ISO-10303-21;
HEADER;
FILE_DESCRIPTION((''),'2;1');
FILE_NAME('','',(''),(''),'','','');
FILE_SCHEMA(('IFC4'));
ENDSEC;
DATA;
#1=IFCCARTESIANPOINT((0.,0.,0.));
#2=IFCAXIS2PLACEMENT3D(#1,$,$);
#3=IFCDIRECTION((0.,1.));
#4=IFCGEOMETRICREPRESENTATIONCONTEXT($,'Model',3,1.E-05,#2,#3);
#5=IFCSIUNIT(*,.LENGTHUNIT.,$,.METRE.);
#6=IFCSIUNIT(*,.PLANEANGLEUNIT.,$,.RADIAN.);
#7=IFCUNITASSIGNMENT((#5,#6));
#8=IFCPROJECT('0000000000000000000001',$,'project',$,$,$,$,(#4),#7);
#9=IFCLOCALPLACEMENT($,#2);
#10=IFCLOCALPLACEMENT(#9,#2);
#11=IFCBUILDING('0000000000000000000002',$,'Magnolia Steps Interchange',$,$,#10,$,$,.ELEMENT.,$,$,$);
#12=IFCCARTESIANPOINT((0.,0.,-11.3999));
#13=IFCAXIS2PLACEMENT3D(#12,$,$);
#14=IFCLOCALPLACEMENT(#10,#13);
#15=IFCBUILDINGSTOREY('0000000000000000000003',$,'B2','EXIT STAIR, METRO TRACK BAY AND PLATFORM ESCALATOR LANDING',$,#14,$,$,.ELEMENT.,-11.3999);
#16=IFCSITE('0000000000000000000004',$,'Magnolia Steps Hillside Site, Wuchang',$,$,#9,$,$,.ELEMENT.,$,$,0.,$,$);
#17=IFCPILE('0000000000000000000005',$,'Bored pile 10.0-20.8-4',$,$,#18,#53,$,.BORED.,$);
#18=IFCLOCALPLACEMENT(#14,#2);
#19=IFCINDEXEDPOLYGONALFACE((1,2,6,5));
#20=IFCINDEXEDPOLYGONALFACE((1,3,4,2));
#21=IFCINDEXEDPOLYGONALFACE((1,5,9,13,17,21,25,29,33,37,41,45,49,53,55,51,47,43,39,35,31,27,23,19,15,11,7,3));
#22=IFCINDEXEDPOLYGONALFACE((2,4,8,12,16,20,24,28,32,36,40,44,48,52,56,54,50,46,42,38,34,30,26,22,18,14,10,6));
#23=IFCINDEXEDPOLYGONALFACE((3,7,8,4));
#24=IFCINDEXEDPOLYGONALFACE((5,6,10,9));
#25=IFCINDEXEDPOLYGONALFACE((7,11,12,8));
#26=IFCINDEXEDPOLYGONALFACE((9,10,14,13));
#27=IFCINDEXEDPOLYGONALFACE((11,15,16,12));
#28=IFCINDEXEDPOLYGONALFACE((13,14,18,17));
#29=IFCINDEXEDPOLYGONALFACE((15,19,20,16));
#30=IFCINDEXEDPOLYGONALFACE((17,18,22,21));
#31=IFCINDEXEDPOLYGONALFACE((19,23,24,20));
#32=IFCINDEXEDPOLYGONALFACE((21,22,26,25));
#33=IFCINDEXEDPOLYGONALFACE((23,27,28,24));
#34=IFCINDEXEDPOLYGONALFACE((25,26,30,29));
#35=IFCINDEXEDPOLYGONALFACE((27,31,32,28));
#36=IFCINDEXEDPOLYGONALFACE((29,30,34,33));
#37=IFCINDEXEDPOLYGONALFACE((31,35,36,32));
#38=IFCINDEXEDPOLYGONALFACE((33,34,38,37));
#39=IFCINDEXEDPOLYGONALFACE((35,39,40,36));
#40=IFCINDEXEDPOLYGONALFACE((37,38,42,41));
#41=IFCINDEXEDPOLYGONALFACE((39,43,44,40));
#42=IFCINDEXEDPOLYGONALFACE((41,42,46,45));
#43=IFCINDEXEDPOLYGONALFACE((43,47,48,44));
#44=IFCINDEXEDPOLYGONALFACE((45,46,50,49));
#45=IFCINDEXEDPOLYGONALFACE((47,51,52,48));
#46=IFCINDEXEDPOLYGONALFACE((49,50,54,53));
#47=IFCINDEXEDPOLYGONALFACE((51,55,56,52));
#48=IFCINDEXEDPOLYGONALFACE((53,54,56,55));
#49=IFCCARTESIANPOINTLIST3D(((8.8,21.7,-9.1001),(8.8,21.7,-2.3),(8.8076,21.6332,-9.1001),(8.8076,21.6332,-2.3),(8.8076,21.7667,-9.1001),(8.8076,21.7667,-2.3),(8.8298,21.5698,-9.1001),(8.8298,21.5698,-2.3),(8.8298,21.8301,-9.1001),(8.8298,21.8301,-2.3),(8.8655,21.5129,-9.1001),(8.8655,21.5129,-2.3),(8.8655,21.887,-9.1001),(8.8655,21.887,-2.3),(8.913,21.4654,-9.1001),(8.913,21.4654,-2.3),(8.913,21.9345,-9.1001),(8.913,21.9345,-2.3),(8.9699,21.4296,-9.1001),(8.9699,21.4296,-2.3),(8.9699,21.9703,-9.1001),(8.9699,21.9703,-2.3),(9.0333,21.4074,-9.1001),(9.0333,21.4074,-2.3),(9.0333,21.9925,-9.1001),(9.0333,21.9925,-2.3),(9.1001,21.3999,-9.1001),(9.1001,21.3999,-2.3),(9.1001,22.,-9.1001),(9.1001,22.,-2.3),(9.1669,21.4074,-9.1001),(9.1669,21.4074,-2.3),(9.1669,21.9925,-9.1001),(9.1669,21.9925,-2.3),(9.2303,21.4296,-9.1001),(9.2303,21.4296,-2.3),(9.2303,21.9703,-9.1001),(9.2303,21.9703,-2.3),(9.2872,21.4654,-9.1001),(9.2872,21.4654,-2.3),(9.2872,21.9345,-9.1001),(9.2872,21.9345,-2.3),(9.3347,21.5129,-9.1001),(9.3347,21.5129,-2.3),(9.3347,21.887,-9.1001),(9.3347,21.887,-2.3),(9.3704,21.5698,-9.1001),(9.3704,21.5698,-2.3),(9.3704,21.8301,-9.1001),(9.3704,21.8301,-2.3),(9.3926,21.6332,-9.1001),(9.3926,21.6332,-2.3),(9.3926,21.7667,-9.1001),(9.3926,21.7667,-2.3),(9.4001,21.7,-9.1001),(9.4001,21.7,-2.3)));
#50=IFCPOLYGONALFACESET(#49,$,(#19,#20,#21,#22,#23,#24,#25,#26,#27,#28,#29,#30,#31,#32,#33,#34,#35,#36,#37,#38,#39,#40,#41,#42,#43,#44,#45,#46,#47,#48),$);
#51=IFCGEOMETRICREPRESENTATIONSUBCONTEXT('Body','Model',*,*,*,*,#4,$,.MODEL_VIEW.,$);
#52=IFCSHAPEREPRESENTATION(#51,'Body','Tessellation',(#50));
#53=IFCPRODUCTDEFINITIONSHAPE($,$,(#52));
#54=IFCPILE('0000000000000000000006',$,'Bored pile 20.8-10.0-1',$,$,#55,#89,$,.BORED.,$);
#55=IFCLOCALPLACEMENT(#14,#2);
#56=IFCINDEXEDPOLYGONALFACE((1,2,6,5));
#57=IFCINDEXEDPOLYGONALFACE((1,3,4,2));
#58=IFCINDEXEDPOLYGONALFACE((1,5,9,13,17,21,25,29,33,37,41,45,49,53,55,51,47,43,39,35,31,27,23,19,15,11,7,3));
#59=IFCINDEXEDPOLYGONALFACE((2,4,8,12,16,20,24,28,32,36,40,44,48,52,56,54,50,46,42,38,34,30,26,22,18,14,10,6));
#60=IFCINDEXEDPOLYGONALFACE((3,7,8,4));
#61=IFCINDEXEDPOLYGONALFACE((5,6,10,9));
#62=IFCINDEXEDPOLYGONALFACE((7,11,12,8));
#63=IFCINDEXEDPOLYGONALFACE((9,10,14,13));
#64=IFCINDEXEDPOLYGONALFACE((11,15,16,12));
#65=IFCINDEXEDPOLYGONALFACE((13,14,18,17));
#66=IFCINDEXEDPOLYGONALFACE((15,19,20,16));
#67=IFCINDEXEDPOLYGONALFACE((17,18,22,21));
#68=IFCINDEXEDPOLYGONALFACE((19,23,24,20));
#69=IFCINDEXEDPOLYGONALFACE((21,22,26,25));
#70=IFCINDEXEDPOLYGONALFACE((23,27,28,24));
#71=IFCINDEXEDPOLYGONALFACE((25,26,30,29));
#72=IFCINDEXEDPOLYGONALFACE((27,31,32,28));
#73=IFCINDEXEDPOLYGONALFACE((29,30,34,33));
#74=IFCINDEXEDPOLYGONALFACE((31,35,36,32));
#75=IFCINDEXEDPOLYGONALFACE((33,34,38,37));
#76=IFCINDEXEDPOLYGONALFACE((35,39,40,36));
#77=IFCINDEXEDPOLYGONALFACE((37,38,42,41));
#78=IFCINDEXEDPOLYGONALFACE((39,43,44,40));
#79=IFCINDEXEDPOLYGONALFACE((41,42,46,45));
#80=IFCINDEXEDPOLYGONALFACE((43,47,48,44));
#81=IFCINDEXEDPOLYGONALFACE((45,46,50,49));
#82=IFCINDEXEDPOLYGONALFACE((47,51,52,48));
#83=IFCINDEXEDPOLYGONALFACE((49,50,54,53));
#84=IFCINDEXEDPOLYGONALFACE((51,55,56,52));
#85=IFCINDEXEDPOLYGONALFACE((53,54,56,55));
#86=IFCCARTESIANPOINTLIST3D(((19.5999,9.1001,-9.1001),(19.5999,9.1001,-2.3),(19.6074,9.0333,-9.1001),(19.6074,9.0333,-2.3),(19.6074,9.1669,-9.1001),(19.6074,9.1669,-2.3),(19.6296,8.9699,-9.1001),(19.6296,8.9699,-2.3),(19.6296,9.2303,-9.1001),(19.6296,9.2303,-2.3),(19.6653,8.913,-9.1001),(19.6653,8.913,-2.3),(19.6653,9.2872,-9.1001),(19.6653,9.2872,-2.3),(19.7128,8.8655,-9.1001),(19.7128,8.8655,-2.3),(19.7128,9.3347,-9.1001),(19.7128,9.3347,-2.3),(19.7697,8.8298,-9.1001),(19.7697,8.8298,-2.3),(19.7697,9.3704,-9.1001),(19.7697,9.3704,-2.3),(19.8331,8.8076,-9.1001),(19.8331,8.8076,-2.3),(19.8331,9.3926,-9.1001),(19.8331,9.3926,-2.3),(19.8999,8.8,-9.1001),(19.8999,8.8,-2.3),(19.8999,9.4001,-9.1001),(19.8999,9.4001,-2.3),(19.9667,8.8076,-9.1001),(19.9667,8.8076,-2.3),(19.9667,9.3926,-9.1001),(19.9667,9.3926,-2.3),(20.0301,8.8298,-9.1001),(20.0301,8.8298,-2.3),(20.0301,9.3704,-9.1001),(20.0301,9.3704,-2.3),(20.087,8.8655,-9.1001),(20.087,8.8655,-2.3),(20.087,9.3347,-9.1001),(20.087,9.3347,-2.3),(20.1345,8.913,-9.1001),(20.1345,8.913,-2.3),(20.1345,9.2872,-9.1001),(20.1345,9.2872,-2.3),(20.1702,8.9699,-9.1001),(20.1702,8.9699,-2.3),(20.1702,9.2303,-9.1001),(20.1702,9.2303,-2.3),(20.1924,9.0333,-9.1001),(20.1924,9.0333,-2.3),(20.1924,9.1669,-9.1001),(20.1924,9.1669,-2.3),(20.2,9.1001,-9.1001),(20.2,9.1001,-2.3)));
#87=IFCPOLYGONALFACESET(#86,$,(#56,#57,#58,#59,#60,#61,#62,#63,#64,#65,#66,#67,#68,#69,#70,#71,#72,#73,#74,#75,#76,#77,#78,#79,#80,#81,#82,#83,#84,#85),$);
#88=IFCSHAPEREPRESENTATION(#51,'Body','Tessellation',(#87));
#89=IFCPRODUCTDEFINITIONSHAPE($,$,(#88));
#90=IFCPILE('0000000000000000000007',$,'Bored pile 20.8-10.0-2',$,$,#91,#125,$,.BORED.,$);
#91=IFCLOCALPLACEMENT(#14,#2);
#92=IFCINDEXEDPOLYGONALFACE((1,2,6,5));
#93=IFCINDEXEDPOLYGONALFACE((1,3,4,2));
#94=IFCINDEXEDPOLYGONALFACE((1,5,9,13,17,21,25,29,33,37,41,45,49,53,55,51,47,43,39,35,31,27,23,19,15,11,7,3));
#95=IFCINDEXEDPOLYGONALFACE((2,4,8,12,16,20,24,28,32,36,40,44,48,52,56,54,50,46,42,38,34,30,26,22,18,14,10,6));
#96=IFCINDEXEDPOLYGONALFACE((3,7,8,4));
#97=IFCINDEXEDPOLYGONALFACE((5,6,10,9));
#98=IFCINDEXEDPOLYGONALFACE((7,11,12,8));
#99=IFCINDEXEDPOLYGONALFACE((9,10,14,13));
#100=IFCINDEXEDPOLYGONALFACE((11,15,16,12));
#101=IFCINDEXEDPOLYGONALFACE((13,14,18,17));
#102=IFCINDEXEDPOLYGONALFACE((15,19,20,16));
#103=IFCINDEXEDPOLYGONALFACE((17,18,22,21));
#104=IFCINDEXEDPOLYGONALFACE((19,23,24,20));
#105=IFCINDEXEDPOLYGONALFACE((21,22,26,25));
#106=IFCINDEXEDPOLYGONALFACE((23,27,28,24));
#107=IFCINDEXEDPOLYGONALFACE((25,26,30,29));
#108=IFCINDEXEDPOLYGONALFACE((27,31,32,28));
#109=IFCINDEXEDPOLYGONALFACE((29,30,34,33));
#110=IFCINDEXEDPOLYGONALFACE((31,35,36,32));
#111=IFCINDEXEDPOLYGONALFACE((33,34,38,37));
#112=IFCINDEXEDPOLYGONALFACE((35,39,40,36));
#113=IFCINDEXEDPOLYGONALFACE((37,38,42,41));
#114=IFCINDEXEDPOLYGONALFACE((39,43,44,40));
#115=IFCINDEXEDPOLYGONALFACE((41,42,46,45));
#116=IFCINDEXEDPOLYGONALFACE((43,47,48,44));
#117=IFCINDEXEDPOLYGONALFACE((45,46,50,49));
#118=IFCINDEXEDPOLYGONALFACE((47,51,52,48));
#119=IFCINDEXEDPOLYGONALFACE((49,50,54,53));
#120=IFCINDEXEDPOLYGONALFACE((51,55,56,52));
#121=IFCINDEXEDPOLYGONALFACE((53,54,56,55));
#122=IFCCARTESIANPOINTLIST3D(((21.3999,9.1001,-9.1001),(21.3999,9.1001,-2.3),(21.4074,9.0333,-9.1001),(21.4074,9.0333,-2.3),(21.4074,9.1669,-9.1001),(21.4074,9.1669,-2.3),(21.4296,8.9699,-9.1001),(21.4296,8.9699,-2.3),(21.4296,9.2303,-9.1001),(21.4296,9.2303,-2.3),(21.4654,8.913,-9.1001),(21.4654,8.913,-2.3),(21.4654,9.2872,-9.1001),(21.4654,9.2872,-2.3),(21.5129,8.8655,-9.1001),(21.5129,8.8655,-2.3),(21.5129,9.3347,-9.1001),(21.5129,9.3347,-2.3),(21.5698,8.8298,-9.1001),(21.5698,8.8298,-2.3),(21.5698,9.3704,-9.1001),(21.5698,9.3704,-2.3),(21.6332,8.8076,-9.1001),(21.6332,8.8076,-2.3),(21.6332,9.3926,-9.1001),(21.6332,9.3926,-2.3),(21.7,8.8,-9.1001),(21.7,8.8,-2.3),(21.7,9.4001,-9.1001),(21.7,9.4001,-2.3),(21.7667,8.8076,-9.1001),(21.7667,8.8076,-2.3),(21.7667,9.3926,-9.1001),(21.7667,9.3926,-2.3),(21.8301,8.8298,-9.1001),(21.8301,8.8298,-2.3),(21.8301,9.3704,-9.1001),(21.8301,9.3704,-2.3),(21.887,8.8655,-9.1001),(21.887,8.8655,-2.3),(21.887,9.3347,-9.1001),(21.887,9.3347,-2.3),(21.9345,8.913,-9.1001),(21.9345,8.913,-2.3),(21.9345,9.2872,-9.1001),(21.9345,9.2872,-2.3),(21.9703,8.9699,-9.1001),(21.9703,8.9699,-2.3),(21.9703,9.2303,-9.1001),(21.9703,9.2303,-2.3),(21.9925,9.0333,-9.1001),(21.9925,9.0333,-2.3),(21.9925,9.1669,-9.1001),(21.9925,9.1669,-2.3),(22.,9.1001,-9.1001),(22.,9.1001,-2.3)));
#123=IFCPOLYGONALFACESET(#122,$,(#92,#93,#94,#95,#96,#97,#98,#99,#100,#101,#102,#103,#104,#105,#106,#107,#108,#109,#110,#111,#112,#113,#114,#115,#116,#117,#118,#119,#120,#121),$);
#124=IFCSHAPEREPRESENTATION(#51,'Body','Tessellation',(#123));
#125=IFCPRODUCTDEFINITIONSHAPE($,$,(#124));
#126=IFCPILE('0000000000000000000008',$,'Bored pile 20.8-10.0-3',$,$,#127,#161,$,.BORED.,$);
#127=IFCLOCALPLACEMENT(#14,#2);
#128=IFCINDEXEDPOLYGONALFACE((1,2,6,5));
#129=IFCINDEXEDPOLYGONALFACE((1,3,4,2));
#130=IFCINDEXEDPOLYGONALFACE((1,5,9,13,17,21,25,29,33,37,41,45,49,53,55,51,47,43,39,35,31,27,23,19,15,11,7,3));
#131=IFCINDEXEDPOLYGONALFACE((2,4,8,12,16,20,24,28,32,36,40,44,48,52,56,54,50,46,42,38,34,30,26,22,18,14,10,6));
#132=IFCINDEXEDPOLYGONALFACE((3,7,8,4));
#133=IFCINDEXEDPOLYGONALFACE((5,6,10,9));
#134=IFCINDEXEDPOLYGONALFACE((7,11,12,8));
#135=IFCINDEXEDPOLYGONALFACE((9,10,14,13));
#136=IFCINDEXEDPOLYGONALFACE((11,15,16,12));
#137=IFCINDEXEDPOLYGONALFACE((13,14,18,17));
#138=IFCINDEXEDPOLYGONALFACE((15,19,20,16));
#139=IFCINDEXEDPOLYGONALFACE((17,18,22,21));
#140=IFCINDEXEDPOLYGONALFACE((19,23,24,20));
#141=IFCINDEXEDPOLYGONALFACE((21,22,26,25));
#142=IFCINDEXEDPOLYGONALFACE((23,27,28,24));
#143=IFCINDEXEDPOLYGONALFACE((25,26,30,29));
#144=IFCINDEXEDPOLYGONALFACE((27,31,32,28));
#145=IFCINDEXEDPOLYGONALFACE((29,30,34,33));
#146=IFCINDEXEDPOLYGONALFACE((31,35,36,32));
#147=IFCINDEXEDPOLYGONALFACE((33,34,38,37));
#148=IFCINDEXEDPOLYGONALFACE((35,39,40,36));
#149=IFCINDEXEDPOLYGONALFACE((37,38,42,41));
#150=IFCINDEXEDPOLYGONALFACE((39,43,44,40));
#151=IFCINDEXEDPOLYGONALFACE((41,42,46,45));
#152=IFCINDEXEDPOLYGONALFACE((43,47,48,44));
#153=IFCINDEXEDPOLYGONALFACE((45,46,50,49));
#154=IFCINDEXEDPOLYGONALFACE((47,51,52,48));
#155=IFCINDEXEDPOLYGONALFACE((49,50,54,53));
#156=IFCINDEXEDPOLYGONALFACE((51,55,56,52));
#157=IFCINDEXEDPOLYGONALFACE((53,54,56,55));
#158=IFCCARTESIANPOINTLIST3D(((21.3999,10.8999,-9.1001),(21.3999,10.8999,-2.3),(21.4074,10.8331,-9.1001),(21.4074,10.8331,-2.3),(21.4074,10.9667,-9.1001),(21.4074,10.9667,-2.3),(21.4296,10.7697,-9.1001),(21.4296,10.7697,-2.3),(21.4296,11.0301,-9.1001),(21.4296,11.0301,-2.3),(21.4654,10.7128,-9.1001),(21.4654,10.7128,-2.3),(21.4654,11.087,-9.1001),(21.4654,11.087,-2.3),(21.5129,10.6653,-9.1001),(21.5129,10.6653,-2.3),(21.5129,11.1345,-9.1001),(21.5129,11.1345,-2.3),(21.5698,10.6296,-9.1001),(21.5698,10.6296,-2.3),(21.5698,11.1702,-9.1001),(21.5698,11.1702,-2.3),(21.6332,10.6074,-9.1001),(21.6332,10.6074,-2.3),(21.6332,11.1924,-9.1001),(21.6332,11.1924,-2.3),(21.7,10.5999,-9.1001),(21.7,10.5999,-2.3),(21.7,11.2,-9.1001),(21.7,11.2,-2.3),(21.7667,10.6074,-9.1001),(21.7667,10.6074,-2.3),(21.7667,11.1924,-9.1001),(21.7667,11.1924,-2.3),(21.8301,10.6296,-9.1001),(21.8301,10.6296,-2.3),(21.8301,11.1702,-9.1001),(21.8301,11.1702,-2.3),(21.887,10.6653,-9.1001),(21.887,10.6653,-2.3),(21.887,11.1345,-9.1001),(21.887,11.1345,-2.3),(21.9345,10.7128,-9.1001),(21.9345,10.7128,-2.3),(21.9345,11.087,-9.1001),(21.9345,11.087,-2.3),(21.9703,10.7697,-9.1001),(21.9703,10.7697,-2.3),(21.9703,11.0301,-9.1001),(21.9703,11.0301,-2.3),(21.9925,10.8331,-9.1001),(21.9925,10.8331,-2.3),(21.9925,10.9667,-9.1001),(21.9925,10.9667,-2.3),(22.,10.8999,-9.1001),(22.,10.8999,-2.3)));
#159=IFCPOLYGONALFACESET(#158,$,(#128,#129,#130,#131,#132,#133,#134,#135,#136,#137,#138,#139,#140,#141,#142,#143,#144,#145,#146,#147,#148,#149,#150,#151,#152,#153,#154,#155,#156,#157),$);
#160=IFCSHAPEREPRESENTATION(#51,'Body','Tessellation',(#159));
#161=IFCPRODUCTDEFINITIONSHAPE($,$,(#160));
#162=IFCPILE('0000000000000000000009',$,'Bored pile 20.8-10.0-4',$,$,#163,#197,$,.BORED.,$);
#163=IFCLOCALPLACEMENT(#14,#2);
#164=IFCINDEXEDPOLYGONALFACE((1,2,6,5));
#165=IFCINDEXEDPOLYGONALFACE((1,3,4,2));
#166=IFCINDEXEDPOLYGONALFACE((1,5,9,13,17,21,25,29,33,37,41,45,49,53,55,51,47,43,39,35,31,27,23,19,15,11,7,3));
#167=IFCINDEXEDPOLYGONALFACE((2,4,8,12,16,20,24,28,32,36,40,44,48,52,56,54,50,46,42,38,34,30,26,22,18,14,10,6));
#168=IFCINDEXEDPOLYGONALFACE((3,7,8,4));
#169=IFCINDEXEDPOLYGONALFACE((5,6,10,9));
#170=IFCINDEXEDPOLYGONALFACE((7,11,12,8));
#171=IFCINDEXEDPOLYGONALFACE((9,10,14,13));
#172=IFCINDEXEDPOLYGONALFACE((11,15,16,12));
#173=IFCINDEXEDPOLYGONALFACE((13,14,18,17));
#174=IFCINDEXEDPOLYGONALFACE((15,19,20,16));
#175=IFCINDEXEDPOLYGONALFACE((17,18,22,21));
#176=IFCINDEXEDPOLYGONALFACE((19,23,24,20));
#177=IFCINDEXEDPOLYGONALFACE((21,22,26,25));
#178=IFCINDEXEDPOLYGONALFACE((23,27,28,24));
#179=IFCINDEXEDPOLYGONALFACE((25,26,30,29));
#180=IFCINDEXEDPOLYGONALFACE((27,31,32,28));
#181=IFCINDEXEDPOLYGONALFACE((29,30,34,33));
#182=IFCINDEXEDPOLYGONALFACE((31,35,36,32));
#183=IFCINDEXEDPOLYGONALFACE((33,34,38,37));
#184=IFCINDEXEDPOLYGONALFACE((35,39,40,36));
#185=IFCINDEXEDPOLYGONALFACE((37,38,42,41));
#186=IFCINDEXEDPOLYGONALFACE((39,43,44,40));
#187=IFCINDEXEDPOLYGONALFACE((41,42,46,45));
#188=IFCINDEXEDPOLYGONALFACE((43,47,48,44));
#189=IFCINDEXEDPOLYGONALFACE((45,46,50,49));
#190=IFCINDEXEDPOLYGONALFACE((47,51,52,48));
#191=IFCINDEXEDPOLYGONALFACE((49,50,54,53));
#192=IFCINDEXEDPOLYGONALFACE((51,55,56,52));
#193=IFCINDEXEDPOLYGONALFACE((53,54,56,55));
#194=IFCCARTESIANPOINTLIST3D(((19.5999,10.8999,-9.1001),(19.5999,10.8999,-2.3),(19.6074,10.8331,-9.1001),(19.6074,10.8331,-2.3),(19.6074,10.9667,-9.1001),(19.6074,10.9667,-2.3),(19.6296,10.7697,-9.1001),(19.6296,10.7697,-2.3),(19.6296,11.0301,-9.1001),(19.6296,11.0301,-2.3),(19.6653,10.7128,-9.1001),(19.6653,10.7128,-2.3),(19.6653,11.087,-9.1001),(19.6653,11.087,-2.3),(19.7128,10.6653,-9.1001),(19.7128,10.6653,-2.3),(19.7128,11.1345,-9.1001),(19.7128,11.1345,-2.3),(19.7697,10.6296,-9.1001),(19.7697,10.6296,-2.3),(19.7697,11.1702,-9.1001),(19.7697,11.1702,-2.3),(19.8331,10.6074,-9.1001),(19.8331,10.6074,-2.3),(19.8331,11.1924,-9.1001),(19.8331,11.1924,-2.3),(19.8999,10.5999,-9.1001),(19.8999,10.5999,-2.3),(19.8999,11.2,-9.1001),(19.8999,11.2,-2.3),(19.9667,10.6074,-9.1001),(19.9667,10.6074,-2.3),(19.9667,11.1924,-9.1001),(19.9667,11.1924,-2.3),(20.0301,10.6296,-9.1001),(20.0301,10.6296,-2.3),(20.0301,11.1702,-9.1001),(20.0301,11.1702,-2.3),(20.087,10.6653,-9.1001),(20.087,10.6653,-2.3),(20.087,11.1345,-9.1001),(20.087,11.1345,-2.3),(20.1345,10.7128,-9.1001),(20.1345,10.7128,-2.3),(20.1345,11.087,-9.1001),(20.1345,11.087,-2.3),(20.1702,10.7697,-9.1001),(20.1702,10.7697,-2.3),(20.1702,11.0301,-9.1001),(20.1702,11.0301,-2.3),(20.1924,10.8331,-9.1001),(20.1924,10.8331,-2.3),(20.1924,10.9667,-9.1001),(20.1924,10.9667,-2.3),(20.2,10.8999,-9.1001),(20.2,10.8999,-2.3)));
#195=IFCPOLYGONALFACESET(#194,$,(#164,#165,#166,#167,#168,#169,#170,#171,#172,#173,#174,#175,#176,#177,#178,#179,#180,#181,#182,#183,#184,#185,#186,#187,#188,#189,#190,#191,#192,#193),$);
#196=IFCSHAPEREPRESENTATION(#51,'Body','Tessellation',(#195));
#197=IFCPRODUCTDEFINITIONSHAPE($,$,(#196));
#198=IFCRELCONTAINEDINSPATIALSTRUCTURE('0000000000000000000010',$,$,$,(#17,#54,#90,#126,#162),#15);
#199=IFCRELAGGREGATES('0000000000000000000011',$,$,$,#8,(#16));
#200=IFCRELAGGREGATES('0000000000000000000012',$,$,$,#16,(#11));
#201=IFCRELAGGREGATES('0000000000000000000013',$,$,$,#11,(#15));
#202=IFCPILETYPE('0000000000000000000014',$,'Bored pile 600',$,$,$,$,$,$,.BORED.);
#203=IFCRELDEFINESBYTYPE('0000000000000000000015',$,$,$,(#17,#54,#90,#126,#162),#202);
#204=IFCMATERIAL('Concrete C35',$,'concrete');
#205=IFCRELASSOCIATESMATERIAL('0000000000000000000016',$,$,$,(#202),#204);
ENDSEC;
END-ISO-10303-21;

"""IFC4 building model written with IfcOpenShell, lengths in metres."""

from ifc_helpers import new_model, si_unit, direction, frame, origin, origin_2d, place, context, subcontext, project, spatial, circle, extrude, material, material_profile, profile_set, type_object, element, save


model = new_model("IFC4")

# Units and contexts
model_context = context("Model", 3, precision=1e-05, world=origin(), true_north=direction((0.0, 1.0)))
body_context = subcontext(model_context, "Body", "Model", "MODEL_VIEW")
ifc_project = project(units=[si_unit("LENGTHUNIT", "METRE"), si_unit("PLANEANGLEUNIT", "RADIAN")], contexts=[model_context])

# Site, building, storey
site_placement = place(None, origin())
site = spatial("IfcSite", under=ifc_project, at=site_placement, Name="Magnolia Steps Hillside Site, Wuchang", CompositionType="ELEMENT", RefElevation=0.0)
building_placement = place(site_placement, origin())
building = spatial("IfcBuilding", under=site, at=building_placement, Name="Magnolia Steps Interchange", CompositionType="ELEMENT")
storey_placement = place(building_placement, frame((0.0, 0.0, -11.3999)))
storey = spatial("IfcBuildingStorey", under=building, at=storey_placement, Name="B2", Description="EXIT STAIR, METRO TRACK BAY AND PLATFORM ESCALATOR LANDING", CompositionType="ELEMENT", Elevation=-11.3999)

# Piles
ifc_material_1 = material(Name="Concrete C35", Category="concrete")
ifc_material_profile_1 = material_profile(ifc_material_1, circle(Radius=0.3, at=origin_2d()), Name="Bored pile 600")
ifc_profile_set_1 = profile_set([ifc_material_profile_1], Name="Concrete C35")
pile_type_1 = type_object("IfcPileType", Name="Bored pile 600", PredefinedType="BORED", material=ifc_profile_set_1)
for number, where, z_axis, x_axis, name in (
    (1, (9.1001, 21.7, -2.3), (0.0, 0.0, -1.0), (1.0, 0.0, 0.0), "Bored pile 10.0-20.8-4"),
    (2, (19.8999, 9.1001, -2.3), (0.0, 0.0, -1.0), (1.0, 0.0, 0.0), "Bored pile 20.8-10.0-1"),
    (3, (21.7, 9.1001, -2.3), (0.0, 0.0, -1.0), (1.0, 0.0, 0.0), "Bored pile 20.8-10.0-2"),
    (4, (21.7, 10.8999, -2.3), (0.0, 0.0, -1.0), (1.0, 0.0, 0.0), "Bored pile 20.8-10.0-3"),
    (5, (19.8999, 10.8999, -2.3), (0.0, 0.0, -1.0), (1.0, 0.0, 0.0), "Bored pile 20.8-10.0-4"),
):
    element("IfcPile", number, at=place(storey_placement, frame(where, z_axis=z_axis, x_axis=x_axis)), inside=storey, type_object=pile_type_1, Name=name, PredefinedType="BORED", context=body_context, shape_type="SweptSolid", body=[
        extrude(circle(Radius=0.3, at=origin_2d()), origin(), (0.0, 0.0, 1.0), 6.8),
    ])

save(model, "model.ifc")
